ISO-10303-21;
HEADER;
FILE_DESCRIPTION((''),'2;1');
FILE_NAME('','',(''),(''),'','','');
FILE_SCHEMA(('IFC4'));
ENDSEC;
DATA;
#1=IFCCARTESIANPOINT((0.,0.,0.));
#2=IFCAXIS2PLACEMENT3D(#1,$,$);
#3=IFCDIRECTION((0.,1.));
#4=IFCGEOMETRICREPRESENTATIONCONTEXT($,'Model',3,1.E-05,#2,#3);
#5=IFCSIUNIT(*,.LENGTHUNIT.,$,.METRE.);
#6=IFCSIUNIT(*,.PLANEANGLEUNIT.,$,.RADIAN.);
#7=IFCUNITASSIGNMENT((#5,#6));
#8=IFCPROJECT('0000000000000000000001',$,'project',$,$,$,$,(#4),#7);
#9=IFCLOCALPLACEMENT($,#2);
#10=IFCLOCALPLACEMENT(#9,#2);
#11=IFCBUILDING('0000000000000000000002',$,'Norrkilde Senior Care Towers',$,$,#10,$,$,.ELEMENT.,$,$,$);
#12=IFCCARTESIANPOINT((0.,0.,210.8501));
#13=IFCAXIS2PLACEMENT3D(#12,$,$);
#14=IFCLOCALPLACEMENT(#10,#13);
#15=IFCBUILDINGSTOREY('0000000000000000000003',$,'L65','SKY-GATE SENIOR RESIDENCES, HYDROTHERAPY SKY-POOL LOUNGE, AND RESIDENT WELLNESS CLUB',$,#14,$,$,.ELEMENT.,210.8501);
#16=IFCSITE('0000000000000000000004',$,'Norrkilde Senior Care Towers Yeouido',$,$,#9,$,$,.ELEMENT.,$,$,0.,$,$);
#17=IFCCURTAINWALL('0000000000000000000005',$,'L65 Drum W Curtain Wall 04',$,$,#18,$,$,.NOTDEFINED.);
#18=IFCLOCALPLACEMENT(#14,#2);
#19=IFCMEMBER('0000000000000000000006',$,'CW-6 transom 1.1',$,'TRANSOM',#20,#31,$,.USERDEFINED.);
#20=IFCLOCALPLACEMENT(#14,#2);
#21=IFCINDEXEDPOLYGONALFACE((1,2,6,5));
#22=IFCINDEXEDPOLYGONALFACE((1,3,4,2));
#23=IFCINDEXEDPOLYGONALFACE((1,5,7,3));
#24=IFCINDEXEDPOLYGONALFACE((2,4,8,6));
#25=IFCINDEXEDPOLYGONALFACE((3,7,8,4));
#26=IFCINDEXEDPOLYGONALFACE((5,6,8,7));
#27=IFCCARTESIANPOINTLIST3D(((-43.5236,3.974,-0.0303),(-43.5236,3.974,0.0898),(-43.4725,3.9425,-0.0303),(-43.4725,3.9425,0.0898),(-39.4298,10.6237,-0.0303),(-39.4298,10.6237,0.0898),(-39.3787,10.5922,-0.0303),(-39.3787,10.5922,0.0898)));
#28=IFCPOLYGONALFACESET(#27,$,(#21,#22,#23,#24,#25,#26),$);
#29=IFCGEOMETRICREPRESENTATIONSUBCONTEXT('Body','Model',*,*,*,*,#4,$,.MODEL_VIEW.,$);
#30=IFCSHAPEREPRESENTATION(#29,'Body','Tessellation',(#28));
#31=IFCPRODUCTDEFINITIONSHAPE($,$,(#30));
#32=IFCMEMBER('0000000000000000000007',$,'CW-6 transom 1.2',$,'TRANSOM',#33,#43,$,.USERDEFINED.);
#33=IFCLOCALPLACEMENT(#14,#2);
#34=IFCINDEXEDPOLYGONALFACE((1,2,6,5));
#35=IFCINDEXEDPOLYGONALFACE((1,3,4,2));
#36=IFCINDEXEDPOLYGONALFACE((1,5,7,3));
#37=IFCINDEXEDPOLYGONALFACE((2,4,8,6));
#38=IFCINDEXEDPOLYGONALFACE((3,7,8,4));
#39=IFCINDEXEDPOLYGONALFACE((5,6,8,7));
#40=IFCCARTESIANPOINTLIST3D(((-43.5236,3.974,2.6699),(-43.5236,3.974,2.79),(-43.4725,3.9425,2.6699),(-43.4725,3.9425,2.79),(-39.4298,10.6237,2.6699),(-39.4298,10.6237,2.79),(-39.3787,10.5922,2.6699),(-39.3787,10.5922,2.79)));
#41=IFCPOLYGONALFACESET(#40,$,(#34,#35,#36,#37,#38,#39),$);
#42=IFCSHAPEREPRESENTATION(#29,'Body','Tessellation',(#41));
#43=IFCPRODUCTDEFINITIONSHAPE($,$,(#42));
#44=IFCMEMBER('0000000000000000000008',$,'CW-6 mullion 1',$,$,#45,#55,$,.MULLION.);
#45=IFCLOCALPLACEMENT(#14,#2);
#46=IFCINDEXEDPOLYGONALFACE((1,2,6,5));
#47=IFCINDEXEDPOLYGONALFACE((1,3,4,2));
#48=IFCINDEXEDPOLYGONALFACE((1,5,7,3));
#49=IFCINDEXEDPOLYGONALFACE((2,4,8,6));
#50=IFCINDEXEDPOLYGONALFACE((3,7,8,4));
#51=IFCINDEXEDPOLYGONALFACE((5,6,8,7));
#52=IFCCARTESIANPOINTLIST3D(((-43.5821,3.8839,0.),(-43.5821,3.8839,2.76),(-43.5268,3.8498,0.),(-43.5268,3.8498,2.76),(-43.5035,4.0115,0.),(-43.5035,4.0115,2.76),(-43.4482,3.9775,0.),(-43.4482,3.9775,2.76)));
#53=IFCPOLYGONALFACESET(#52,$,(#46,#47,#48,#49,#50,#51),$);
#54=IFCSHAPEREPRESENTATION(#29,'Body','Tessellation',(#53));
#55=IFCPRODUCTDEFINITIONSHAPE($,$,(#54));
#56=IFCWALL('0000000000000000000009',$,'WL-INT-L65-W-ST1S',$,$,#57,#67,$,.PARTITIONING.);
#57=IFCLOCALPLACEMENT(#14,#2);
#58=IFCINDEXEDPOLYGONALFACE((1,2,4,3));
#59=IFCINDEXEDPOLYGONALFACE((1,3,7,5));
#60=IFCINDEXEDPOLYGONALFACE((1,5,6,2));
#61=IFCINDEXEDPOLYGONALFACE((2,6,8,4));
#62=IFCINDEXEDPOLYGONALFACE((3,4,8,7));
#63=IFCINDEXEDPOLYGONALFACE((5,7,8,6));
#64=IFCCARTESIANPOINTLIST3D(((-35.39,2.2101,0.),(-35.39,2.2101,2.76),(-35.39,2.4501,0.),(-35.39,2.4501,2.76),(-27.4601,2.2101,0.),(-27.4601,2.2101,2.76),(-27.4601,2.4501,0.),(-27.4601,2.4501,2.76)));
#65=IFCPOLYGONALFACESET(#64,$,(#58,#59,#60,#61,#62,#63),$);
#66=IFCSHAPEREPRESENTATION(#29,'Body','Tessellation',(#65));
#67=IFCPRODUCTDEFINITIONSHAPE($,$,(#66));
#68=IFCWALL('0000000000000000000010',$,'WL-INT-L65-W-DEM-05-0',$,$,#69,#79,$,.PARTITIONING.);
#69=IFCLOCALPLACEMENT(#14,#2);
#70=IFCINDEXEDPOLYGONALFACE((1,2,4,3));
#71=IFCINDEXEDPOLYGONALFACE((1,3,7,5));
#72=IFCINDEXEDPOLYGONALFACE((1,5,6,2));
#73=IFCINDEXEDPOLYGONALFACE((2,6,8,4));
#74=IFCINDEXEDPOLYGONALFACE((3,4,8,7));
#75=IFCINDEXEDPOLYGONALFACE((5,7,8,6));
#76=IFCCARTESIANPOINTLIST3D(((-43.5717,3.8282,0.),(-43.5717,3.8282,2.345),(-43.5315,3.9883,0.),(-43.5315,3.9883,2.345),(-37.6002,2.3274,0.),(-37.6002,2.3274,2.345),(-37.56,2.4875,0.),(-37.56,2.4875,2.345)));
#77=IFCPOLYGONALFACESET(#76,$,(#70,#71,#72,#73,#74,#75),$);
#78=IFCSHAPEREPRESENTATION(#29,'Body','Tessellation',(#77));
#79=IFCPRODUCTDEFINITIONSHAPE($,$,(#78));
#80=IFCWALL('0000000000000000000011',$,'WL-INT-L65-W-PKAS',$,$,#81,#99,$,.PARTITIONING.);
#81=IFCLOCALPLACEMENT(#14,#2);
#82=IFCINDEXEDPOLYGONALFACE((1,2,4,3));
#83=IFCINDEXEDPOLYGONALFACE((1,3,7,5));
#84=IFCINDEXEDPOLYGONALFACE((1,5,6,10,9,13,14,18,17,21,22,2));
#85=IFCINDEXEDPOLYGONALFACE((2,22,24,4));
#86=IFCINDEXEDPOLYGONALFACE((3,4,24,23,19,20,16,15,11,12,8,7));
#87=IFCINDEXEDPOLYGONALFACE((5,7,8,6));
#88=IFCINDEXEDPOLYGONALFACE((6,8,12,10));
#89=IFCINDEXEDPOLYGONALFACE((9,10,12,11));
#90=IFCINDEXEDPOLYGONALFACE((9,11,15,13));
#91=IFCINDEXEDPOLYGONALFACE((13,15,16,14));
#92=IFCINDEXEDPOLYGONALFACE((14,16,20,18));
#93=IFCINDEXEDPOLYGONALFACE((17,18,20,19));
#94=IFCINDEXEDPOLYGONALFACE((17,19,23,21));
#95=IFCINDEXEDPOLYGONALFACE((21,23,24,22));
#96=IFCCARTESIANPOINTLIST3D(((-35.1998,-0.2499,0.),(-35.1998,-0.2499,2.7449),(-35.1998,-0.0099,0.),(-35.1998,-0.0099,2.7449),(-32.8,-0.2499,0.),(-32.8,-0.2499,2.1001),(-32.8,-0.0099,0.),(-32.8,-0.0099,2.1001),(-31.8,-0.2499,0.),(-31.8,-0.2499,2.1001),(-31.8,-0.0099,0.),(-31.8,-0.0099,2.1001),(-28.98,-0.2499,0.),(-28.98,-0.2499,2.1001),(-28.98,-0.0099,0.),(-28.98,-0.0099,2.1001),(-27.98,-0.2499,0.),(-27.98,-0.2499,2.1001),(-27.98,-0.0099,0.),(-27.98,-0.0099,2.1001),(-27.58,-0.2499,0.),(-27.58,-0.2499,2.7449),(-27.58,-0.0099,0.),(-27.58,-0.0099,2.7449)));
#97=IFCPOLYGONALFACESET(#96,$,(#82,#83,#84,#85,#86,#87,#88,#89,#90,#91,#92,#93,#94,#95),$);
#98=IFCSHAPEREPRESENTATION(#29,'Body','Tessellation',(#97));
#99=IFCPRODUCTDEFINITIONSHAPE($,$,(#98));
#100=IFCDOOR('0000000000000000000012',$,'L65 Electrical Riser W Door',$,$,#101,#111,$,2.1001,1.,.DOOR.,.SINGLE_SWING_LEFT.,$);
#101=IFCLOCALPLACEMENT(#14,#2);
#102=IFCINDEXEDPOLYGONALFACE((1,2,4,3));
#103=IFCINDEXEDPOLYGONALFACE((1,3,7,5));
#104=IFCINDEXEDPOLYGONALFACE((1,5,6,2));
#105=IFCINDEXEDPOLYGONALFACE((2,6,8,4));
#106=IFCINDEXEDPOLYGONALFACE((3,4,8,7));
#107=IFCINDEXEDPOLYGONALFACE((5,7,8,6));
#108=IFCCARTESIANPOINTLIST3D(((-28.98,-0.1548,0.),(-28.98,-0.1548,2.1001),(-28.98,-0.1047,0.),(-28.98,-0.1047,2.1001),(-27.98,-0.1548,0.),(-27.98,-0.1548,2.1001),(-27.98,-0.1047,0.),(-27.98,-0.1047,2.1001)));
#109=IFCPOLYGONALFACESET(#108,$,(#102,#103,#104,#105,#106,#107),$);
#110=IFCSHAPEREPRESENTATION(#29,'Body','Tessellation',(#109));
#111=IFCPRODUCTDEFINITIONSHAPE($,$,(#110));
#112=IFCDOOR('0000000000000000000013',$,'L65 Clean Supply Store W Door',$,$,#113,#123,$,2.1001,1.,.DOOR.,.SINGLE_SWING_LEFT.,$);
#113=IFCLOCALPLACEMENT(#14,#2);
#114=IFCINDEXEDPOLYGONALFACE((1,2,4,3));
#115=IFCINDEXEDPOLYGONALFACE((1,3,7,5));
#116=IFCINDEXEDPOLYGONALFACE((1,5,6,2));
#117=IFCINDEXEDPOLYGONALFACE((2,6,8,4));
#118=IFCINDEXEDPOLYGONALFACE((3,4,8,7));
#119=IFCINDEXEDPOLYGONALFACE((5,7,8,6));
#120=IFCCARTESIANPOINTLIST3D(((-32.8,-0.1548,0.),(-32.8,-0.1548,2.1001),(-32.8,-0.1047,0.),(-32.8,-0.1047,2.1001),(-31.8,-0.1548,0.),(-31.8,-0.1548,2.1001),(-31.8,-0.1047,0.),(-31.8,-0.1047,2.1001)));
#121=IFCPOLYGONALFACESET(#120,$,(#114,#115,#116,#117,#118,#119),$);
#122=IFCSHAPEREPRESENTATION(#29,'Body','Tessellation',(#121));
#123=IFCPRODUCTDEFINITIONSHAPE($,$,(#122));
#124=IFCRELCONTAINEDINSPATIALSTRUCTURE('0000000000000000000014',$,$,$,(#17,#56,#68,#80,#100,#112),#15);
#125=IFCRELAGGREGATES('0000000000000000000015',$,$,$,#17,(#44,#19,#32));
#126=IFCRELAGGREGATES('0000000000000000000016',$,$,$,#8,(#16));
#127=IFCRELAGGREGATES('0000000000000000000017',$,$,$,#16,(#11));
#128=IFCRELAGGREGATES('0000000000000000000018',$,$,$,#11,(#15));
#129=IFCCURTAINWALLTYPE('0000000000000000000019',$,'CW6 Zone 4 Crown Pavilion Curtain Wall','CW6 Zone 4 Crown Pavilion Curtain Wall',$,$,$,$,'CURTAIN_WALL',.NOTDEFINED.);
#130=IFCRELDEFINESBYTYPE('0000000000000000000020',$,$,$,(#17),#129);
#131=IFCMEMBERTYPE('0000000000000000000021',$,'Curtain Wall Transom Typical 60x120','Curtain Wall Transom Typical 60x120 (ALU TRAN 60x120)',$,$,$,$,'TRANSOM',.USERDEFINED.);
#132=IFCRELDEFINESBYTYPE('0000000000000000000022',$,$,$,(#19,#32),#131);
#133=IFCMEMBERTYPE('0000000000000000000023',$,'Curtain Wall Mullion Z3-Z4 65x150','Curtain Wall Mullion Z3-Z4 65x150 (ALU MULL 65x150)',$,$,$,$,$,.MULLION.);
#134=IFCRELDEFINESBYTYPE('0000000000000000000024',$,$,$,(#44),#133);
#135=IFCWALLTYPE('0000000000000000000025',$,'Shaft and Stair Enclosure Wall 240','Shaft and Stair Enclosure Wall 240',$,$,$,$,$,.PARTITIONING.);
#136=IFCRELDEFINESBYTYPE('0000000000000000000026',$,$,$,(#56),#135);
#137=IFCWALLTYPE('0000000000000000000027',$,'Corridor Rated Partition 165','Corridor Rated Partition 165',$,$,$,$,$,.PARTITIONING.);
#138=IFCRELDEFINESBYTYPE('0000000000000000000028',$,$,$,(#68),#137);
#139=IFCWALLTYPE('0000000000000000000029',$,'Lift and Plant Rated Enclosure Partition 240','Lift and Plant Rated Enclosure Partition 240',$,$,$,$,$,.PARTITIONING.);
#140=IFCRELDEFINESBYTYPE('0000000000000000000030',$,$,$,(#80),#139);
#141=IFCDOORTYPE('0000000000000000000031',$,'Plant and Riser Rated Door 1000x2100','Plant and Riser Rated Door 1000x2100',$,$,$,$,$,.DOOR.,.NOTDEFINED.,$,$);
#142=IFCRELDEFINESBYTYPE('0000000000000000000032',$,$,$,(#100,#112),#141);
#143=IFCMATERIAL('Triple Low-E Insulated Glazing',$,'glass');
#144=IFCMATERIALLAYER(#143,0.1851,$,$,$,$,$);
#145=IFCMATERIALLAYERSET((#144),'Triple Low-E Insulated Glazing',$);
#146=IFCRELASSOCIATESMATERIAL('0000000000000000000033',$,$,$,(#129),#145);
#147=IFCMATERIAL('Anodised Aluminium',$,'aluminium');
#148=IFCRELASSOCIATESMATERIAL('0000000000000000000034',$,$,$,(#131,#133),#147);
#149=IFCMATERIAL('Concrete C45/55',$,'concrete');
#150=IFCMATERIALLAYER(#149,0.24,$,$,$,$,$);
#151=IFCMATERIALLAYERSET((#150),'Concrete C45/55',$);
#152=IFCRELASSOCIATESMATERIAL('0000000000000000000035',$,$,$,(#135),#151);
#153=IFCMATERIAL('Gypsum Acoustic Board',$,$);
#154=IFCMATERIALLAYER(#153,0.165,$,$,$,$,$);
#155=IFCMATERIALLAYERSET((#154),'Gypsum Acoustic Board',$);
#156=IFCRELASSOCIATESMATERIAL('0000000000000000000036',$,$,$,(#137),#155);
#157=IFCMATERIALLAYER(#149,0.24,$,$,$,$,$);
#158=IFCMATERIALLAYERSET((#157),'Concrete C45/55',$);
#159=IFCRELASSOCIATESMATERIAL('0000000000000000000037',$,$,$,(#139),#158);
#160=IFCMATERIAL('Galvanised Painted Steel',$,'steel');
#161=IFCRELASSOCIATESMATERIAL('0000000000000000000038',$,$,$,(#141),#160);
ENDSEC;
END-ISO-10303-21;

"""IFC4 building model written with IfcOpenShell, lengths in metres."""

from ifc_helpers import new_model, si_unit, direction, frame, frame_2d, origin, origin_2d, place, context, subcontext, project, spatial, rectangle, extrude, source, transform, mapped, material, layer, layer_set, material_profile, profile_set, type_object, type_shapes, element, fill, aggregate, save


model = new_model("IFC4")

# Units and contexts
model_context = context("Model", 3, precision=1e-05, world=origin(), true_north=direction((0.0, 1.0)))
body_context = subcontext(model_context, "Body", "Model", "MODEL_VIEW")
ifc_project = project(units=[si_unit("LENGTHUNIT", "METRE"), si_unit("PLANEANGLEUNIT", "RADIAN")], contexts=[model_context])

# Site, building, storey
site_placement = place(None, origin())
site = spatial("IfcSite", under=ifc_project, at=site_placement, Name="Norrkilde Senior Care Towers Yeouido", CompositionType="ELEMENT", RefElevation=0.0)
building_placement = place(site_placement, origin())
building = spatial("IfcBuilding", under=site, at=building_placement, Name="Norrkilde Senior Care Towers", CompositionType="ELEMENT")
storey_placement = place(building_placement, frame((0.0, 0.0, 210.8501)))
storey = spatial("IfcBuildingStorey", under=building, at=storey_placement, Name="L65", Description="SKY-GATE SENIOR RESIDENCES, HYDROTHERAPY SKY-POOL LOUNGE, AND RESIDENT WELLNESS CLUB", CompositionType="ELEMENT", Elevation=210.8501)

# Curtain wall, members
ifc_material_1 = material(Name="Triple Low-E Insulated Glazing", Category="glass")
ifc_layer_1 = layer(ifc_material_1, 0.1851)
ifc_layer_set_1 = layer_set([ifc_layer_1], Name="Triple Low-E Insulated Glazing")
curtain_wall_type = type_object("IfcCurtainWallType", Name="CW6 Zone 4 Crown Pavilion Curtain Wall", Description="CW6 Zone 4 Crown Pavilion Curtain Wall", ElementType="CURTAIN_WALL", PredefinedType="NOTDEFINED", material=ifc_layer_set_1)
curtain_wall_placement = place(storey_placement, origin())
curtain_wall = element("IfcCurtainWall", 1, at=curtain_wall_placement, inside=storey, type_object=curtain_wall_type, Name="L65 Drum W Curtain Wall 04", PredefinedType="NOTDEFINED")
ifc_material_2 = material(Name="Anodised Aluminium", Category="aluminium")
ifc_material_profile_1 = material_profile(ifc_material_2, rectangle(XDim=0.0601, YDim=0.1201, at=origin_2d()), Name="ALU TRAN 60x120")
ifc_profile_set_1 = profile_set([ifc_material_profile_1], Name="Anodised Aluminium")
member_type_1 = type_object("IfcMemberType", Name="Curtain Wall Transom Typical 60x120", Description="Curtain Wall Transom Typical 60x120 (ALU TRAN 60x120)", ElementType="TRANSOM", PredefinedType="USERDEFINED", material=ifc_profile_set_1)
shared_shape_1 = source(origin(), body_context, "Body", "SweptSolid", [
    extrude(rectangle(XDim=0.0601, YDim=0.1201, at=origin_2d()), origin(), (0.0, 0.0, 1.0), 7.8088),
])
type_shapes(member_type_1, [shared_shape_1])
member_1_placement = place(storey_placement, frame((-43.498, 3.9583, 0.0298), z_axis=(0.524251, 0.851564, 0.0), x_axis=(-0.851564, 0.524251, 0.0)))
member_1 = element("IfcMember", 2, at=member_1_placement, type_object=member_type_1, Name="CW-6 transom 1.1", ObjectType="TRANSOM", PredefinedType="USERDEFINED", context=body_context, shape_type="MappedRepresentation", body=[
    mapped(shared_shape_1, transform((0.0, 0.0, 0.0), x_axis=(1.0, 0.0, 0.0), y_axis=(0.0, 1.0, 0.0), z_axis=(0.0, 0.0, 1.0), scale=1.0)),
])
member_2_placement = place(storey_placement, frame((-43.498, 3.9583, 2.73), z_axis=(0.524251, 0.851564, 0.0), x_axis=(-0.851564, 0.524251, 0.0)))
member_2 = element("IfcMember", 3, at=member_2_placement, type_object=member_type_1, Name="CW-6 transom 1.2", ObjectType="TRANSOM", PredefinedType="USERDEFINED", context=body_context, shape_type="MappedRepresentation", body=[
    mapped(shared_shape_1, transform((0.0, 0.0, 0.0), x_axis=(1.0, 0.0, 0.0), y_axis=(0.0, 1.0, 0.0), z_axis=(0.0, 0.0, 1.0), scale=1.0)),
])
ifc_material_profile_2 = material_profile(ifc_material_2, rectangle(XDim=0.0649, YDim=0.1499, at=origin_2d()), Name="ALU MULL 65x150")
ifc_profile_set_2 = profile_set([ifc_material_profile_2], Name="Anodised Aluminium")
member_type_2 = type_object("IfcMemberType", Name="Curtain Wall Mullion Z3-Z4 65x150", Description="Curtain Wall Mullion Z3-Z4 65x150 (ALU MULL 65x150)", PredefinedType="MULLION", material=ifc_profile_set_2)
shared_shape_2 = source(origin(), body_context, "Body", "SweptSolid", [
    extrude(rectangle(XDim=0.0649, YDim=0.1499, at=origin_2d()), origin(), (0.0, 0.0, 1.0), 2.76),
])
type_shapes(member_type_2, [shared_shape_2])
member_3_placement = place(storey_placement, frame((-43.5151, 3.9307, 0.0), z_axis=(0.0, 0.0, 1.0), x_axis=(-0.851563, 0.524253, 0.0)))
member_3 = element("IfcMember", 4, at=member_3_placement, type_object=member_type_2, Name="CW-6 mullion 1", PredefinedType="MULLION", context=body_context, shape_type="MappedRepresentation", body=[
    mapped(shared_shape_2, transform((0.0, 0.0, 0.0), x_axis=(1.0, 0.0, 0.0), y_axis=(0.0, 1.0, 0.0), z_axis=(0.0, 0.0, 1.0), scale=1.0)),
])
aggregate(curtain_wall, [member_3, member_1, member_2])

# Walls
ifc_material_3 = material(Name="Concrete C45/55", Category="concrete")
ifc_layer_2 = layer(ifc_material_3, 0.24)
ifc_layer_set_2 = layer_set([ifc_layer_2], Name="Concrete C45/55")
wall_type_1 = type_object("IfcWallType", Name="Shaft and Stair Enclosure Wall 240", Description="Shaft and Stair Enclosure Wall 240", PredefinedType="PARTITIONING", material=ifc_layer_set_2)
shared_shape_3 = source(origin(), body_context, "Body", "SweptSolid", [
    extrude(rectangle(XDim=7.9299, YDim=0.24, at=frame_2d((3.9648, 0.0))), origin(), (0.0, 0.0, 1.0), 2.76),
])
type_shapes(wall_type_1, [shared_shape_3])
wall_1_placement = place(storey_placement, frame((-35.3899, 2.3301, 0.0), z_axis=(0.0, 0.0, 1.0), x_axis=(1.0, 0.0, 0.0)))
element("IfcWall", 5, at=wall_1_placement, inside=storey, type_object=wall_type_1, Name="WL-INT-L65-W-ST1S", PredefinedType="PARTITIONING", context=body_context, shape_type="MappedRepresentation", body=[
    mapped(shared_shape_3, transform((0.0, 0.0, 0.0), x_axis=(1.0, 0.0, 0.0), y_axis=(0.0, 1.0, 0.0), z_axis=(0.0, 0.0, 1.0), scale=1.0)),
])
ifc_material_4 = material(Name="Gypsum Acoustic Board")
ifc_layer_3 = layer(ifc_material_4, 0.165)
ifc_layer_set_3 = layer_set([ifc_layer_3], Name="Gypsum Acoustic Board")
wall_type_2 = type_object("IfcWallType", Name="Corridor Rated Partition 165", Description="Corridor Rated Partition 165", PredefinedType="PARTITIONING", material=ifc_layer_set_3)
shared_shape_4 = source(origin(), body_context, "Body", "SweptSolid", [
    extrude(rectangle(XDim=6.1572, YDim=0.165, at=frame_2d((3.0786, 0.0))), origin(), (0.0, 0.0, 1.0), 2.345),
])
wall_2_placement = place(storey_placement, frame((-37.5801, 2.4075, 0.0), z_axis=(0.0, 0.0, 1.0), x_axis=(-0.969841, 0.243739, 0.0)))
element("IfcWall", 6, at=wall_2_placement, inside=storey, type_object=wall_type_2, Name="WL-INT-L65-W-DEM-05-0", PredefinedType="PARTITIONING", context=body_context, shape_type="MappedRepresentation", body=[
    mapped(shared_shape_4, transform((0.0, 0.0, 0.0), x_axis=(1.0, 0.0, 0.0), y_axis=(0.0, 1.0, 0.0), z_axis=(0.0, 0.0, 1.0), scale=1.0)),
])

# Wall, openings, doors
ifc_layer_4 = layer(ifc_material_3, 0.24)
ifc_layer_set_4 = layer_set([ifc_layer_4], Name="Concrete C45/55")
wall_type_3 = type_object("IfcWallType", Name="Lift and Plant Rated Enclosure Partition 240", Description="Lift and Plant Rated Enclosure Partition 240", PredefinedType="PARTITIONING", material=ifc_layer_set_4)
shared_shape_5 = source(origin(), body_context, "Body", "SweptSolid", [
    extrude(rectangle(XDim=7.6199, YDim=0.24, at=frame_2d((3.8101, 0.0))), origin(), (0.0, 0.0, 1.0), 2.7449),
])
type_shapes(wall_type_3, [shared_shape_5])
wall_3_placement = place(storey_placement, frame((-35.2, -0.1299, 0.0), z_axis=(0.0, 0.0, 1.0), x_axis=(1.0, 0.0, 0.0)))
wall_3 = element("IfcWall", 7, at=wall_3_placement, inside=storey, type_object=wall_type_3, Name="WL-INT-L65-W-PKAS", PredefinedType="PARTITIONING", context=body_context, shape_type="MappedRepresentation", body=[
    mapped(shared_shape_5, transform((0.0, 0.0, 0.0), x_axis=(1.0, 0.0, 0.0), y_axis=(0.0, 1.0, 0.0), z_axis=(0.0, 0.0, 1.0), scale=1.0)),
])
opening_1_placement = place(wall_3_placement, frame((6.22, 0.0, 0.0)))
opening_1 = element("IfcOpeningElement", 8, at=opening_1_placement, cuts=wall_3, PredefinedType="OPENING", context=body_context, shape_type="SweptSolid", body=[
    extrude(rectangle(XDim=1.0, YDim=2.1001, at=frame_2d((0.5, 1.05))), frame((0.0, 0.1299, 0.0), z_axis=(0.0, -1.0, 0.0), x_axis=(1.0, 0.0, 0.0)), (0.0, 0.0, 1.0), 0.26),
])
opening_2_placement = place(wall_3_placement, frame((2.3999, 0.0, 0.0)))
opening_2 = element("IfcOpeningElement", 9, at=opening_2_placement, cuts=wall_3, PredefinedType="OPENING", context=body_context, shape_type="SweptSolid", body=[
    extrude(rectangle(XDim=1.0, YDim=2.1001, at=frame_2d((0.5, 1.05))), frame((0.0, 0.1299, 0.0), z_axis=(0.0, -1.0, 0.0), x_axis=(1.0, 0.0, 0.0)), (0.0, 0.0, 1.0), 0.26),
])
ifc_material_5 = material(Name="Galvanised Painted Steel", Category="steel")
door_type_1 = type_object("IfcDoorType", Name="Plant and Riser Rated Door 1000x2100", Description="Plant and Riser Rated Door 1000x2100", OperationType="NOTDEFINED", PredefinedType="DOOR", material=ifc_material_5)
shared_shape_6 = source(origin(), body_context, "Body", "SweptSolid", [
    extrude(rectangle(XDim=1.0, YDim=2.1001, at=frame_2d((0.5, 1.05))), frame((0.0, 0.0249, 0.0), z_axis=(0.0, -1.0, 0.0), x_axis=(1.0, 0.0, 0.0)), (0.0, 0.0, 1.0), 0.05),
])
type_shapes(door_type_1, [shared_shape_6])
door_1_placement = place(opening_1_placement, frame((1.0, 0.0, 0.0), z_axis=(0.0, 0.0, 1.0), x_axis=(-1.0, 0.0, 0.0)))
door_1 = element("IfcDoor", 10, at=door_1_placement, inside=storey, type_object=door_type_1, Name="L65 Electrical Riser W Door", OperationType="SINGLE_SWING_LEFT", OverallHeight=2.1001, OverallWidth=1.0, PredefinedType="DOOR", context=body_context, shape_type="MappedRepresentation", body=[
    mapped(shared_shape_6, transform((0.0, 0.0, 0.0), x_axis=(1.0, 0.0, 0.0), y_axis=(0.0, 1.0, 0.0), z_axis=(0.0, 0.0, 1.0), scale=1.0)),
])
fill(opening_1, door_1)
door_2_placement = place(opening_2_placement, frame((1.0, 0.0, 0.0), z_axis=(0.0, 0.0, 1.0), x_axis=(-1.0, 0.0, 0.0)))
door_2 = element("IfcDoor", 11, at=door_2_placement, inside=storey, type_object=door_type_1, Name="L65 Clean Supply Store W Door", OperationType="SINGLE_SWING_LEFT", OverallHeight=2.1001, OverallWidth=1.0, PredefinedType="DOOR", context=body_context, shape_type="MappedRepresentation", body=[
    mapped(shared_shape_6, transform((0.0, 0.0, 0.0), x_axis=(1.0, 0.0, 0.0), y_axis=(0.0, 1.0, 0.0), z_axis=(0.0, 0.0, 1.0), scale=1.0)),
])
fill(opening_2, door_2)

save(model, "model.ifc")
